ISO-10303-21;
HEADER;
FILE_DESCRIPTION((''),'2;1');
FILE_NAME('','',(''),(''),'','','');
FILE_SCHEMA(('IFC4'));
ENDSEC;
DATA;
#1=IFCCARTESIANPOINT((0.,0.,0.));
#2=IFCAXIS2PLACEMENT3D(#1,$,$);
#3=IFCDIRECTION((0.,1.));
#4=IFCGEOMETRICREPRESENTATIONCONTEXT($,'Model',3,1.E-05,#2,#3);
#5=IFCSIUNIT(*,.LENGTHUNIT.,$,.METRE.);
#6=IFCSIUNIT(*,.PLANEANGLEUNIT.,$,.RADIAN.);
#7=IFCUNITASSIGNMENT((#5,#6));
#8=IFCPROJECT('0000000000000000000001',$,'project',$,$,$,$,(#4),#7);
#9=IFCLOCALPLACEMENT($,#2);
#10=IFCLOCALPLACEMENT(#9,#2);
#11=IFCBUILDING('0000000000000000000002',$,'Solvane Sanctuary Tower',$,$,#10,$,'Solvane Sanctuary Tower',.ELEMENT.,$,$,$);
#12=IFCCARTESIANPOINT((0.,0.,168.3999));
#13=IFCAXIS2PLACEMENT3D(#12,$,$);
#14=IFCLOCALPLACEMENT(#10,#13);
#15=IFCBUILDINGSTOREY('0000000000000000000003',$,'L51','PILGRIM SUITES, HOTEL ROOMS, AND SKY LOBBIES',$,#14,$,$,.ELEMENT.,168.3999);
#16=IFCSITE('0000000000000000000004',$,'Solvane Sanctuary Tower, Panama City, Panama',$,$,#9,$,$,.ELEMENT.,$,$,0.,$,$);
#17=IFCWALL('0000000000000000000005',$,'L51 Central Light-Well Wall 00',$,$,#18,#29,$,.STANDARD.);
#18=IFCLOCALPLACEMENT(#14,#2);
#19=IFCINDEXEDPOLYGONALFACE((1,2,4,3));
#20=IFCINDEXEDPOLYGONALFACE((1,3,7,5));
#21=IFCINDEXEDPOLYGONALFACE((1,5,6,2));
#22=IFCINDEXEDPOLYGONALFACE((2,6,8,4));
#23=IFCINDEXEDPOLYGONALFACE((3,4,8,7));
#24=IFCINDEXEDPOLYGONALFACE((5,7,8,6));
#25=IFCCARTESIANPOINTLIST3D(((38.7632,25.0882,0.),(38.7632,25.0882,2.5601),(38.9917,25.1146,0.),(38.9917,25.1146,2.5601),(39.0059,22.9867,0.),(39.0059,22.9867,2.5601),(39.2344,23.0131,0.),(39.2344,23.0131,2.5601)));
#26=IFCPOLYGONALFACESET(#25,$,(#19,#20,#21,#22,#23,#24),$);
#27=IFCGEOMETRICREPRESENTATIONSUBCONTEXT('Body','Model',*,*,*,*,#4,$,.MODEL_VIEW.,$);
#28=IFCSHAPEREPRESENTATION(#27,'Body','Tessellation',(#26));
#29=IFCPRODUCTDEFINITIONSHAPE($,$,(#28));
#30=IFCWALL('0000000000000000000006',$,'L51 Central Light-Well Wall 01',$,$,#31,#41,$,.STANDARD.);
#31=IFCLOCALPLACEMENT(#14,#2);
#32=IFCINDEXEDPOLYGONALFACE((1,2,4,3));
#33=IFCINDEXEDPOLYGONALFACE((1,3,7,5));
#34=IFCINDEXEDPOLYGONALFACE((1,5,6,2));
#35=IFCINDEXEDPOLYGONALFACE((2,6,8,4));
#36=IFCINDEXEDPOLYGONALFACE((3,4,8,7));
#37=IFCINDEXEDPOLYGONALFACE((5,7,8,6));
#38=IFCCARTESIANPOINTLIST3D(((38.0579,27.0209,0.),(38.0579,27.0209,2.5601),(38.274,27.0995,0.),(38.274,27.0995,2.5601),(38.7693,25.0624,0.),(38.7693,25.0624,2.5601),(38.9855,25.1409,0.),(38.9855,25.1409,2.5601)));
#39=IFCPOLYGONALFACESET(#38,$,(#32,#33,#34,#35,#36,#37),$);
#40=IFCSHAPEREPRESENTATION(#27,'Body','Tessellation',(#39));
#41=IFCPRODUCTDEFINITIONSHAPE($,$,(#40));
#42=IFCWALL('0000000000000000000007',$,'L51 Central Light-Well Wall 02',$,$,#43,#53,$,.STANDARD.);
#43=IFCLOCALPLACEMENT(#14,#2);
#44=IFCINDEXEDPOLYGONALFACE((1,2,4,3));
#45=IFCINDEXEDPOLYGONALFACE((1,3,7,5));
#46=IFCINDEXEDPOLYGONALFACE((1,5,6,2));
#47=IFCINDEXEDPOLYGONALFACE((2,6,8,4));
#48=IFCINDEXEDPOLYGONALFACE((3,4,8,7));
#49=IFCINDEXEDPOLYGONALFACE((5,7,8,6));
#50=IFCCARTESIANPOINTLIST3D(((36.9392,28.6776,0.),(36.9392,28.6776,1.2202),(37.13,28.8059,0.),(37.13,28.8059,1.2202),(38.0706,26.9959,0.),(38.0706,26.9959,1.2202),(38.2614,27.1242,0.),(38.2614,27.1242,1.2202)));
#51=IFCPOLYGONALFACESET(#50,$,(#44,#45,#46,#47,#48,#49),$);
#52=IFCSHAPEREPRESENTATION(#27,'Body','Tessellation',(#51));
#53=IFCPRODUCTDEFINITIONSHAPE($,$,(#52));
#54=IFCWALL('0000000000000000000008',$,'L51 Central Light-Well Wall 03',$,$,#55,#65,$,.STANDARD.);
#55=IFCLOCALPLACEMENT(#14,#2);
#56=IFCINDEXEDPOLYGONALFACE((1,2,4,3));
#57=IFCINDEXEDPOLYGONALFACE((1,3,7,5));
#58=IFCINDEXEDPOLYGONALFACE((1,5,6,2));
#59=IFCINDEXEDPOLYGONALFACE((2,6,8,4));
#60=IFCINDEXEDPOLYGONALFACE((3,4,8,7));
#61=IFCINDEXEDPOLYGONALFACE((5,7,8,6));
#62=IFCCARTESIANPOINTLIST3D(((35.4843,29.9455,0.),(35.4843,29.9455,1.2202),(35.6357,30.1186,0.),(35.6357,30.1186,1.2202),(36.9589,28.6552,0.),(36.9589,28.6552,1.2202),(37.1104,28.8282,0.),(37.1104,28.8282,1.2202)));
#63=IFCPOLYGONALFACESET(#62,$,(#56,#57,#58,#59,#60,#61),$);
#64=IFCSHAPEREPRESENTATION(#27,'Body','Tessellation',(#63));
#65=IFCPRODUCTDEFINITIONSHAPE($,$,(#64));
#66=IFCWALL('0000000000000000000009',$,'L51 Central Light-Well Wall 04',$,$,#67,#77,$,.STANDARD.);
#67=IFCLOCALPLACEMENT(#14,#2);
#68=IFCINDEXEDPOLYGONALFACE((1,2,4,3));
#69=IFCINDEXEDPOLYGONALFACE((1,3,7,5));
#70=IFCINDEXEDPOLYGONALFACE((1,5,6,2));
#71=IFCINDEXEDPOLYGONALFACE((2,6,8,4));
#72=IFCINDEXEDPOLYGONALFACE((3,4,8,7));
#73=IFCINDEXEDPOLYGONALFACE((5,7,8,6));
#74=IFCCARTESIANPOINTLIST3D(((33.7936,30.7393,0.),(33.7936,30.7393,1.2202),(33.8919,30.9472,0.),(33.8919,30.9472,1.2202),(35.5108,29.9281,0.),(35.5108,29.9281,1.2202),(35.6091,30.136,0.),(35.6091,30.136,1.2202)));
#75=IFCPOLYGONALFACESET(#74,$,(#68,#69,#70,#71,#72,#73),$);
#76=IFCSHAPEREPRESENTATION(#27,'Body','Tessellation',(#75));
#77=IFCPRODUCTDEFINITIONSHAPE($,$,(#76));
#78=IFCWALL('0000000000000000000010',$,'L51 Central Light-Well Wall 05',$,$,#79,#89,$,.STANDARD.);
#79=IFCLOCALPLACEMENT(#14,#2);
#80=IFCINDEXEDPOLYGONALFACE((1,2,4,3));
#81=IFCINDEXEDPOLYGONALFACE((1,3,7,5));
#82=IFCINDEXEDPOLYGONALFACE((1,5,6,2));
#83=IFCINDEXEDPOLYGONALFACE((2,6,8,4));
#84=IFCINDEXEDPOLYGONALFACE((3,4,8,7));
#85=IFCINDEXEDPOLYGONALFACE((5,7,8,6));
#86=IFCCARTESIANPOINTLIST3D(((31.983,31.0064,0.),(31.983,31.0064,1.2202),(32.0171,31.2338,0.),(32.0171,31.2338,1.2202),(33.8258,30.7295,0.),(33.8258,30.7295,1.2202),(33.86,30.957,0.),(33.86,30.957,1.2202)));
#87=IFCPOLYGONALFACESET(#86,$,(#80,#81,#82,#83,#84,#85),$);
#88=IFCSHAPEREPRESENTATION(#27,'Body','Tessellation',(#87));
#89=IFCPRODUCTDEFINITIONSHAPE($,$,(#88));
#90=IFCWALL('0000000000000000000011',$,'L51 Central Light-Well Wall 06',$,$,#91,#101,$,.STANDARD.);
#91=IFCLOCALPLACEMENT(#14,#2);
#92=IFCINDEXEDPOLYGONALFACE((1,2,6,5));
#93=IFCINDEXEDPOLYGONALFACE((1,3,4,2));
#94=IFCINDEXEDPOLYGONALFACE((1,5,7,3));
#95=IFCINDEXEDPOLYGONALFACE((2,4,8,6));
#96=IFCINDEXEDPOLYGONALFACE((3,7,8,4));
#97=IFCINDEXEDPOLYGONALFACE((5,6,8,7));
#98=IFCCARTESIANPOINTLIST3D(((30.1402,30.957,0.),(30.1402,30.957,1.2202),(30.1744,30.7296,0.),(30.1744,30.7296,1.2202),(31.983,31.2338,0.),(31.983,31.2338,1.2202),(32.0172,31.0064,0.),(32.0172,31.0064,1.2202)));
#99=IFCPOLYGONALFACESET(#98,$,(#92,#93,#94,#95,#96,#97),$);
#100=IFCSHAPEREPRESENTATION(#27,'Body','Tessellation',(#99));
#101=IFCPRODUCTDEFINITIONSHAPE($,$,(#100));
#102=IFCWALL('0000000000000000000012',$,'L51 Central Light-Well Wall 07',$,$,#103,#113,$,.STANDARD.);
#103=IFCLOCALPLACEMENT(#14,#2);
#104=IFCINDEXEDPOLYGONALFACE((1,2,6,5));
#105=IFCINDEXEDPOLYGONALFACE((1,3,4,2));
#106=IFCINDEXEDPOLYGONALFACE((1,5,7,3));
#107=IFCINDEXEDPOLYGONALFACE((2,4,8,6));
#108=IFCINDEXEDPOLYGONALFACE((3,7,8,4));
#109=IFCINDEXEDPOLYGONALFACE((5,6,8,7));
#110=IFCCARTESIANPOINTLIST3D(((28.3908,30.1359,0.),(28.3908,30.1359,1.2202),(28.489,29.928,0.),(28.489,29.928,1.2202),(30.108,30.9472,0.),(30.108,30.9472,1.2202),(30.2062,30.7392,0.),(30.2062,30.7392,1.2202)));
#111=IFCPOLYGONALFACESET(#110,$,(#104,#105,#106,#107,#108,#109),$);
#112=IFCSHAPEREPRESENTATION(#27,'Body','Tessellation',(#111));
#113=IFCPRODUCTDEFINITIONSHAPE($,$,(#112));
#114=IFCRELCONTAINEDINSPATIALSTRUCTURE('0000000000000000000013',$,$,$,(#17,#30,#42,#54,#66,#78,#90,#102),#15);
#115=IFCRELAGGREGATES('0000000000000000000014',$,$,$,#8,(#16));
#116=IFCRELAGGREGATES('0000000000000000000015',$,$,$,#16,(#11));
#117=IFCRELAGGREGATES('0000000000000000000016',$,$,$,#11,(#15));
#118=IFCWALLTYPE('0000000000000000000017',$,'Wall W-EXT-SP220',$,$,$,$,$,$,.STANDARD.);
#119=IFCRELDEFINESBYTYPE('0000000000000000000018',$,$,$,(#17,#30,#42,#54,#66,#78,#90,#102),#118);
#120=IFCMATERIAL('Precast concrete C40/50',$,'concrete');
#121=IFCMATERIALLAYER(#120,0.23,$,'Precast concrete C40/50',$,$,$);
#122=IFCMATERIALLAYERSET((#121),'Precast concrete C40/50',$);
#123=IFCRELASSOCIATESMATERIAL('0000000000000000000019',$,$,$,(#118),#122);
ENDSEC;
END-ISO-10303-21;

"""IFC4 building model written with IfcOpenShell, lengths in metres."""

from ifc_helpers import new_model, si_unit, direction, frame, frame_2d, origin, place, context, subcontext, project, spatial, rectangle, extrude, material, layer, layer_set, type_object, element, save


model = new_model("IFC4")

# Units and contexts
model_context = context("Model", 3, precision=1e-05, world=origin(), true_north=direction((0.0, 1.0)))
body_context = subcontext(model_context, "Body", "Model", "MODEL_VIEW")
ifc_project = project(units=[si_unit("LENGTHUNIT", "METRE"), si_unit("PLANEANGLEUNIT", "RADIAN")], contexts=[model_context])

# Site, building, storey
site_placement = place(None, origin())
site = spatial("IfcSite", under=ifc_project, at=site_placement, Name="Solvane Sanctuary Tower, Panama City, Panama", CompositionType="ELEMENT", RefElevation=0.0)
building_placement = place(site_placement, origin())
building = spatial("IfcBuilding", under=site, at=building_placement, Name="Solvane Sanctuary Tower", LongName="Solvane Sanctuary Tower", CompositionType="ELEMENT")
storey_placement = place(building_placement, frame((0.0, 0.0, 168.3999)))
storey = spatial("IfcBuildingStorey", under=building, at=storey_placement, Name="L51", Description="PILGRIM SUITES, HOTEL ROOMS, AND SKY LOBBIES", CompositionType="ELEMENT", Elevation=168.3999)

# Walls
ifc_material_1 = material(Name="Precast concrete C40/50", Category="concrete")
ifc_layer = layer(ifc_material_1, 0.23, Name="Precast concrete C40/50")
ifc_layer_set = layer_set([ifc_layer], Name="Precast concrete C40/50")
wall_type = type_object("IfcWallType", Name="Wall W-EXT-SP220", PredefinedType="STANDARD", material=ifc_layer_set)
wall_1_placement = place(storey_placement, frame((39.1201, 23.0, 0.0), z_axis=(0.0, 0.0, 1.0), x_axis=(-0.114712, 0.993399, 0.0)))
element("IfcWall", 1, at=wall_1_placement, inside=storey, type_object=wall_type, Name="L51 Central Light-Well Wall 00", PredefinedType="STANDARD", context=body_context, shape_type="SweptSolid", body=[
    extrude(rectangle(XDim=2.1155, YDim=0.23, at=frame_2d((1.0576, 0.0))), origin(), (0.0, 0.0, 1.0), 2.5601),
])
wall_2_placement = place(storey_placement, frame((38.8774, 25.1016, 0.0), z_axis=(0.0, 0.0, 1.0), x_axis=(-0.341423, 0.93991, 0.0)))
element("IfcWall", 2, at=wall_2_placement, inside=storey, type_object=wall_type, Name="L51 Central Light-Well Wall 01", PredefinedType="STANDARD", context=body_context, shape_type="SweptSolid", body=[
    extrude(rectangle(XDim=2.0837, YDim=0.23, at=frame_2d((1.042, 0.0))), origin(), (0.0, 0.0, 1.0), 2.5601),
])
wall_3_placement = place(storey_placement, frame((38.166, 27.0601, 0.0), z_axis=(0.0, 0.0, 1.0), x_axis=(-0.558198, 0.829708, 0.0)))
element("IfcWall", 3, at=wall_3_placement, inside=storey, type_object=wall_type, Name="L51 Central Light-Well Wall 02", PredefinedType="STANDARD", context=body_context, shape_type="SweptSolid", body=[
    extrude(rectangle(XDim=2.0269, YDim=0.23, at=frame_2d((1.0134, 0.0))), origin(), (0.0, 0.0, 1.0), 1.2202),
])
wall_4_placement = place(storey_placement, frame((37.0347, 28.7417, 0.0), z_axis=(0.0, 0.0, 1.0), x_axis=(-0.752577, 0.658505, 0.0)))
element("IfcWall", 4, at=wall_4_placement, inside=storey, type_object=wall_type, Name="L51 Central Light-Well Wall 03", PredefinedType="STANDARD", context=body_context, shape_type="SweptSolid", body=[
    extrude(rectangle(XDim=1.9595, YDim=0.23, at=frame_2d((0.9797, 0.0))), origin(), (0.0, 0.0, 1.0), 1.2202),
])
wall_5_placement = place(storey_placement, frame((35.5601, 30.032, 0.0), z_axis=(0.0, 0.0, 1.0), x_axis=(-0.90418, 0.427152, 0.0)))
element("IfcWall", 5, at=wall_5_placement, inside=storey, type_object=wall_type, Name="L51 Central Light-Well Wall 04", PredefinedType="STANDARD", context=body_context, shape_type="SweptSolid", body=[
    extrude(rectangle(XDim=1.8992, YDim=0.23, at=frame_2d((0.9497, 0.0))), origin(), (0.0, 0.0, 1.0), 1.2202),
])
for number, where, z_axis, x_axis, name in (
    (6, (33.8428, 30.8433, 0.0), (0.0, 0.0, 1.0), (-0.988902, 0.148571, 0.0), "L51 Central Light-Well Wall 05"),
    (7, (32.0, 31.1201, 0.0), (0.0, 0.0, 1.0), (-0.988902, -0.148571, 0.0), "L51 Central Light-Well Wall 06"),
):
    element("IfcWall", number, at=place(storey_placement, frame(where, z_axis=z_axis, x_axis=x_axis)), inside=storey, type_object=wall_type, Name=name, PredefinedType="STANDARD", context=body_context, shape_type="SweptSolid", body=[
        extrude(rectangle(XDim=1.8635, YDim=0.23, at=frame_2d((0.9316, 0.0))), origin(), (0.0, 0.0, 1.0), 1.2202),
    ])
wall_6_placement = place(storey_placement, frame((30.1572, 30.8433, 0.0), z_axis=(0.0, 0.0, 1.0), x_axis=(-0.90418, -0.427152, 0.0)))
element("IfcWall", 8, at=wall_6_placement, inside=storey, type_object=wall_type, Name="L51 Central Light-Well Wall 07", PredefinedType="STANDARD", context=body_context, shape_type="SweptSolid", body=[
    extrude(rectangle(XDim=1.8992, YDim=0.23, at=frame_2d((0.9497, 0.0))), origin(), (0.0, 0.0, 1.0), 1.2202),
])

save(model, "model.ifc")
